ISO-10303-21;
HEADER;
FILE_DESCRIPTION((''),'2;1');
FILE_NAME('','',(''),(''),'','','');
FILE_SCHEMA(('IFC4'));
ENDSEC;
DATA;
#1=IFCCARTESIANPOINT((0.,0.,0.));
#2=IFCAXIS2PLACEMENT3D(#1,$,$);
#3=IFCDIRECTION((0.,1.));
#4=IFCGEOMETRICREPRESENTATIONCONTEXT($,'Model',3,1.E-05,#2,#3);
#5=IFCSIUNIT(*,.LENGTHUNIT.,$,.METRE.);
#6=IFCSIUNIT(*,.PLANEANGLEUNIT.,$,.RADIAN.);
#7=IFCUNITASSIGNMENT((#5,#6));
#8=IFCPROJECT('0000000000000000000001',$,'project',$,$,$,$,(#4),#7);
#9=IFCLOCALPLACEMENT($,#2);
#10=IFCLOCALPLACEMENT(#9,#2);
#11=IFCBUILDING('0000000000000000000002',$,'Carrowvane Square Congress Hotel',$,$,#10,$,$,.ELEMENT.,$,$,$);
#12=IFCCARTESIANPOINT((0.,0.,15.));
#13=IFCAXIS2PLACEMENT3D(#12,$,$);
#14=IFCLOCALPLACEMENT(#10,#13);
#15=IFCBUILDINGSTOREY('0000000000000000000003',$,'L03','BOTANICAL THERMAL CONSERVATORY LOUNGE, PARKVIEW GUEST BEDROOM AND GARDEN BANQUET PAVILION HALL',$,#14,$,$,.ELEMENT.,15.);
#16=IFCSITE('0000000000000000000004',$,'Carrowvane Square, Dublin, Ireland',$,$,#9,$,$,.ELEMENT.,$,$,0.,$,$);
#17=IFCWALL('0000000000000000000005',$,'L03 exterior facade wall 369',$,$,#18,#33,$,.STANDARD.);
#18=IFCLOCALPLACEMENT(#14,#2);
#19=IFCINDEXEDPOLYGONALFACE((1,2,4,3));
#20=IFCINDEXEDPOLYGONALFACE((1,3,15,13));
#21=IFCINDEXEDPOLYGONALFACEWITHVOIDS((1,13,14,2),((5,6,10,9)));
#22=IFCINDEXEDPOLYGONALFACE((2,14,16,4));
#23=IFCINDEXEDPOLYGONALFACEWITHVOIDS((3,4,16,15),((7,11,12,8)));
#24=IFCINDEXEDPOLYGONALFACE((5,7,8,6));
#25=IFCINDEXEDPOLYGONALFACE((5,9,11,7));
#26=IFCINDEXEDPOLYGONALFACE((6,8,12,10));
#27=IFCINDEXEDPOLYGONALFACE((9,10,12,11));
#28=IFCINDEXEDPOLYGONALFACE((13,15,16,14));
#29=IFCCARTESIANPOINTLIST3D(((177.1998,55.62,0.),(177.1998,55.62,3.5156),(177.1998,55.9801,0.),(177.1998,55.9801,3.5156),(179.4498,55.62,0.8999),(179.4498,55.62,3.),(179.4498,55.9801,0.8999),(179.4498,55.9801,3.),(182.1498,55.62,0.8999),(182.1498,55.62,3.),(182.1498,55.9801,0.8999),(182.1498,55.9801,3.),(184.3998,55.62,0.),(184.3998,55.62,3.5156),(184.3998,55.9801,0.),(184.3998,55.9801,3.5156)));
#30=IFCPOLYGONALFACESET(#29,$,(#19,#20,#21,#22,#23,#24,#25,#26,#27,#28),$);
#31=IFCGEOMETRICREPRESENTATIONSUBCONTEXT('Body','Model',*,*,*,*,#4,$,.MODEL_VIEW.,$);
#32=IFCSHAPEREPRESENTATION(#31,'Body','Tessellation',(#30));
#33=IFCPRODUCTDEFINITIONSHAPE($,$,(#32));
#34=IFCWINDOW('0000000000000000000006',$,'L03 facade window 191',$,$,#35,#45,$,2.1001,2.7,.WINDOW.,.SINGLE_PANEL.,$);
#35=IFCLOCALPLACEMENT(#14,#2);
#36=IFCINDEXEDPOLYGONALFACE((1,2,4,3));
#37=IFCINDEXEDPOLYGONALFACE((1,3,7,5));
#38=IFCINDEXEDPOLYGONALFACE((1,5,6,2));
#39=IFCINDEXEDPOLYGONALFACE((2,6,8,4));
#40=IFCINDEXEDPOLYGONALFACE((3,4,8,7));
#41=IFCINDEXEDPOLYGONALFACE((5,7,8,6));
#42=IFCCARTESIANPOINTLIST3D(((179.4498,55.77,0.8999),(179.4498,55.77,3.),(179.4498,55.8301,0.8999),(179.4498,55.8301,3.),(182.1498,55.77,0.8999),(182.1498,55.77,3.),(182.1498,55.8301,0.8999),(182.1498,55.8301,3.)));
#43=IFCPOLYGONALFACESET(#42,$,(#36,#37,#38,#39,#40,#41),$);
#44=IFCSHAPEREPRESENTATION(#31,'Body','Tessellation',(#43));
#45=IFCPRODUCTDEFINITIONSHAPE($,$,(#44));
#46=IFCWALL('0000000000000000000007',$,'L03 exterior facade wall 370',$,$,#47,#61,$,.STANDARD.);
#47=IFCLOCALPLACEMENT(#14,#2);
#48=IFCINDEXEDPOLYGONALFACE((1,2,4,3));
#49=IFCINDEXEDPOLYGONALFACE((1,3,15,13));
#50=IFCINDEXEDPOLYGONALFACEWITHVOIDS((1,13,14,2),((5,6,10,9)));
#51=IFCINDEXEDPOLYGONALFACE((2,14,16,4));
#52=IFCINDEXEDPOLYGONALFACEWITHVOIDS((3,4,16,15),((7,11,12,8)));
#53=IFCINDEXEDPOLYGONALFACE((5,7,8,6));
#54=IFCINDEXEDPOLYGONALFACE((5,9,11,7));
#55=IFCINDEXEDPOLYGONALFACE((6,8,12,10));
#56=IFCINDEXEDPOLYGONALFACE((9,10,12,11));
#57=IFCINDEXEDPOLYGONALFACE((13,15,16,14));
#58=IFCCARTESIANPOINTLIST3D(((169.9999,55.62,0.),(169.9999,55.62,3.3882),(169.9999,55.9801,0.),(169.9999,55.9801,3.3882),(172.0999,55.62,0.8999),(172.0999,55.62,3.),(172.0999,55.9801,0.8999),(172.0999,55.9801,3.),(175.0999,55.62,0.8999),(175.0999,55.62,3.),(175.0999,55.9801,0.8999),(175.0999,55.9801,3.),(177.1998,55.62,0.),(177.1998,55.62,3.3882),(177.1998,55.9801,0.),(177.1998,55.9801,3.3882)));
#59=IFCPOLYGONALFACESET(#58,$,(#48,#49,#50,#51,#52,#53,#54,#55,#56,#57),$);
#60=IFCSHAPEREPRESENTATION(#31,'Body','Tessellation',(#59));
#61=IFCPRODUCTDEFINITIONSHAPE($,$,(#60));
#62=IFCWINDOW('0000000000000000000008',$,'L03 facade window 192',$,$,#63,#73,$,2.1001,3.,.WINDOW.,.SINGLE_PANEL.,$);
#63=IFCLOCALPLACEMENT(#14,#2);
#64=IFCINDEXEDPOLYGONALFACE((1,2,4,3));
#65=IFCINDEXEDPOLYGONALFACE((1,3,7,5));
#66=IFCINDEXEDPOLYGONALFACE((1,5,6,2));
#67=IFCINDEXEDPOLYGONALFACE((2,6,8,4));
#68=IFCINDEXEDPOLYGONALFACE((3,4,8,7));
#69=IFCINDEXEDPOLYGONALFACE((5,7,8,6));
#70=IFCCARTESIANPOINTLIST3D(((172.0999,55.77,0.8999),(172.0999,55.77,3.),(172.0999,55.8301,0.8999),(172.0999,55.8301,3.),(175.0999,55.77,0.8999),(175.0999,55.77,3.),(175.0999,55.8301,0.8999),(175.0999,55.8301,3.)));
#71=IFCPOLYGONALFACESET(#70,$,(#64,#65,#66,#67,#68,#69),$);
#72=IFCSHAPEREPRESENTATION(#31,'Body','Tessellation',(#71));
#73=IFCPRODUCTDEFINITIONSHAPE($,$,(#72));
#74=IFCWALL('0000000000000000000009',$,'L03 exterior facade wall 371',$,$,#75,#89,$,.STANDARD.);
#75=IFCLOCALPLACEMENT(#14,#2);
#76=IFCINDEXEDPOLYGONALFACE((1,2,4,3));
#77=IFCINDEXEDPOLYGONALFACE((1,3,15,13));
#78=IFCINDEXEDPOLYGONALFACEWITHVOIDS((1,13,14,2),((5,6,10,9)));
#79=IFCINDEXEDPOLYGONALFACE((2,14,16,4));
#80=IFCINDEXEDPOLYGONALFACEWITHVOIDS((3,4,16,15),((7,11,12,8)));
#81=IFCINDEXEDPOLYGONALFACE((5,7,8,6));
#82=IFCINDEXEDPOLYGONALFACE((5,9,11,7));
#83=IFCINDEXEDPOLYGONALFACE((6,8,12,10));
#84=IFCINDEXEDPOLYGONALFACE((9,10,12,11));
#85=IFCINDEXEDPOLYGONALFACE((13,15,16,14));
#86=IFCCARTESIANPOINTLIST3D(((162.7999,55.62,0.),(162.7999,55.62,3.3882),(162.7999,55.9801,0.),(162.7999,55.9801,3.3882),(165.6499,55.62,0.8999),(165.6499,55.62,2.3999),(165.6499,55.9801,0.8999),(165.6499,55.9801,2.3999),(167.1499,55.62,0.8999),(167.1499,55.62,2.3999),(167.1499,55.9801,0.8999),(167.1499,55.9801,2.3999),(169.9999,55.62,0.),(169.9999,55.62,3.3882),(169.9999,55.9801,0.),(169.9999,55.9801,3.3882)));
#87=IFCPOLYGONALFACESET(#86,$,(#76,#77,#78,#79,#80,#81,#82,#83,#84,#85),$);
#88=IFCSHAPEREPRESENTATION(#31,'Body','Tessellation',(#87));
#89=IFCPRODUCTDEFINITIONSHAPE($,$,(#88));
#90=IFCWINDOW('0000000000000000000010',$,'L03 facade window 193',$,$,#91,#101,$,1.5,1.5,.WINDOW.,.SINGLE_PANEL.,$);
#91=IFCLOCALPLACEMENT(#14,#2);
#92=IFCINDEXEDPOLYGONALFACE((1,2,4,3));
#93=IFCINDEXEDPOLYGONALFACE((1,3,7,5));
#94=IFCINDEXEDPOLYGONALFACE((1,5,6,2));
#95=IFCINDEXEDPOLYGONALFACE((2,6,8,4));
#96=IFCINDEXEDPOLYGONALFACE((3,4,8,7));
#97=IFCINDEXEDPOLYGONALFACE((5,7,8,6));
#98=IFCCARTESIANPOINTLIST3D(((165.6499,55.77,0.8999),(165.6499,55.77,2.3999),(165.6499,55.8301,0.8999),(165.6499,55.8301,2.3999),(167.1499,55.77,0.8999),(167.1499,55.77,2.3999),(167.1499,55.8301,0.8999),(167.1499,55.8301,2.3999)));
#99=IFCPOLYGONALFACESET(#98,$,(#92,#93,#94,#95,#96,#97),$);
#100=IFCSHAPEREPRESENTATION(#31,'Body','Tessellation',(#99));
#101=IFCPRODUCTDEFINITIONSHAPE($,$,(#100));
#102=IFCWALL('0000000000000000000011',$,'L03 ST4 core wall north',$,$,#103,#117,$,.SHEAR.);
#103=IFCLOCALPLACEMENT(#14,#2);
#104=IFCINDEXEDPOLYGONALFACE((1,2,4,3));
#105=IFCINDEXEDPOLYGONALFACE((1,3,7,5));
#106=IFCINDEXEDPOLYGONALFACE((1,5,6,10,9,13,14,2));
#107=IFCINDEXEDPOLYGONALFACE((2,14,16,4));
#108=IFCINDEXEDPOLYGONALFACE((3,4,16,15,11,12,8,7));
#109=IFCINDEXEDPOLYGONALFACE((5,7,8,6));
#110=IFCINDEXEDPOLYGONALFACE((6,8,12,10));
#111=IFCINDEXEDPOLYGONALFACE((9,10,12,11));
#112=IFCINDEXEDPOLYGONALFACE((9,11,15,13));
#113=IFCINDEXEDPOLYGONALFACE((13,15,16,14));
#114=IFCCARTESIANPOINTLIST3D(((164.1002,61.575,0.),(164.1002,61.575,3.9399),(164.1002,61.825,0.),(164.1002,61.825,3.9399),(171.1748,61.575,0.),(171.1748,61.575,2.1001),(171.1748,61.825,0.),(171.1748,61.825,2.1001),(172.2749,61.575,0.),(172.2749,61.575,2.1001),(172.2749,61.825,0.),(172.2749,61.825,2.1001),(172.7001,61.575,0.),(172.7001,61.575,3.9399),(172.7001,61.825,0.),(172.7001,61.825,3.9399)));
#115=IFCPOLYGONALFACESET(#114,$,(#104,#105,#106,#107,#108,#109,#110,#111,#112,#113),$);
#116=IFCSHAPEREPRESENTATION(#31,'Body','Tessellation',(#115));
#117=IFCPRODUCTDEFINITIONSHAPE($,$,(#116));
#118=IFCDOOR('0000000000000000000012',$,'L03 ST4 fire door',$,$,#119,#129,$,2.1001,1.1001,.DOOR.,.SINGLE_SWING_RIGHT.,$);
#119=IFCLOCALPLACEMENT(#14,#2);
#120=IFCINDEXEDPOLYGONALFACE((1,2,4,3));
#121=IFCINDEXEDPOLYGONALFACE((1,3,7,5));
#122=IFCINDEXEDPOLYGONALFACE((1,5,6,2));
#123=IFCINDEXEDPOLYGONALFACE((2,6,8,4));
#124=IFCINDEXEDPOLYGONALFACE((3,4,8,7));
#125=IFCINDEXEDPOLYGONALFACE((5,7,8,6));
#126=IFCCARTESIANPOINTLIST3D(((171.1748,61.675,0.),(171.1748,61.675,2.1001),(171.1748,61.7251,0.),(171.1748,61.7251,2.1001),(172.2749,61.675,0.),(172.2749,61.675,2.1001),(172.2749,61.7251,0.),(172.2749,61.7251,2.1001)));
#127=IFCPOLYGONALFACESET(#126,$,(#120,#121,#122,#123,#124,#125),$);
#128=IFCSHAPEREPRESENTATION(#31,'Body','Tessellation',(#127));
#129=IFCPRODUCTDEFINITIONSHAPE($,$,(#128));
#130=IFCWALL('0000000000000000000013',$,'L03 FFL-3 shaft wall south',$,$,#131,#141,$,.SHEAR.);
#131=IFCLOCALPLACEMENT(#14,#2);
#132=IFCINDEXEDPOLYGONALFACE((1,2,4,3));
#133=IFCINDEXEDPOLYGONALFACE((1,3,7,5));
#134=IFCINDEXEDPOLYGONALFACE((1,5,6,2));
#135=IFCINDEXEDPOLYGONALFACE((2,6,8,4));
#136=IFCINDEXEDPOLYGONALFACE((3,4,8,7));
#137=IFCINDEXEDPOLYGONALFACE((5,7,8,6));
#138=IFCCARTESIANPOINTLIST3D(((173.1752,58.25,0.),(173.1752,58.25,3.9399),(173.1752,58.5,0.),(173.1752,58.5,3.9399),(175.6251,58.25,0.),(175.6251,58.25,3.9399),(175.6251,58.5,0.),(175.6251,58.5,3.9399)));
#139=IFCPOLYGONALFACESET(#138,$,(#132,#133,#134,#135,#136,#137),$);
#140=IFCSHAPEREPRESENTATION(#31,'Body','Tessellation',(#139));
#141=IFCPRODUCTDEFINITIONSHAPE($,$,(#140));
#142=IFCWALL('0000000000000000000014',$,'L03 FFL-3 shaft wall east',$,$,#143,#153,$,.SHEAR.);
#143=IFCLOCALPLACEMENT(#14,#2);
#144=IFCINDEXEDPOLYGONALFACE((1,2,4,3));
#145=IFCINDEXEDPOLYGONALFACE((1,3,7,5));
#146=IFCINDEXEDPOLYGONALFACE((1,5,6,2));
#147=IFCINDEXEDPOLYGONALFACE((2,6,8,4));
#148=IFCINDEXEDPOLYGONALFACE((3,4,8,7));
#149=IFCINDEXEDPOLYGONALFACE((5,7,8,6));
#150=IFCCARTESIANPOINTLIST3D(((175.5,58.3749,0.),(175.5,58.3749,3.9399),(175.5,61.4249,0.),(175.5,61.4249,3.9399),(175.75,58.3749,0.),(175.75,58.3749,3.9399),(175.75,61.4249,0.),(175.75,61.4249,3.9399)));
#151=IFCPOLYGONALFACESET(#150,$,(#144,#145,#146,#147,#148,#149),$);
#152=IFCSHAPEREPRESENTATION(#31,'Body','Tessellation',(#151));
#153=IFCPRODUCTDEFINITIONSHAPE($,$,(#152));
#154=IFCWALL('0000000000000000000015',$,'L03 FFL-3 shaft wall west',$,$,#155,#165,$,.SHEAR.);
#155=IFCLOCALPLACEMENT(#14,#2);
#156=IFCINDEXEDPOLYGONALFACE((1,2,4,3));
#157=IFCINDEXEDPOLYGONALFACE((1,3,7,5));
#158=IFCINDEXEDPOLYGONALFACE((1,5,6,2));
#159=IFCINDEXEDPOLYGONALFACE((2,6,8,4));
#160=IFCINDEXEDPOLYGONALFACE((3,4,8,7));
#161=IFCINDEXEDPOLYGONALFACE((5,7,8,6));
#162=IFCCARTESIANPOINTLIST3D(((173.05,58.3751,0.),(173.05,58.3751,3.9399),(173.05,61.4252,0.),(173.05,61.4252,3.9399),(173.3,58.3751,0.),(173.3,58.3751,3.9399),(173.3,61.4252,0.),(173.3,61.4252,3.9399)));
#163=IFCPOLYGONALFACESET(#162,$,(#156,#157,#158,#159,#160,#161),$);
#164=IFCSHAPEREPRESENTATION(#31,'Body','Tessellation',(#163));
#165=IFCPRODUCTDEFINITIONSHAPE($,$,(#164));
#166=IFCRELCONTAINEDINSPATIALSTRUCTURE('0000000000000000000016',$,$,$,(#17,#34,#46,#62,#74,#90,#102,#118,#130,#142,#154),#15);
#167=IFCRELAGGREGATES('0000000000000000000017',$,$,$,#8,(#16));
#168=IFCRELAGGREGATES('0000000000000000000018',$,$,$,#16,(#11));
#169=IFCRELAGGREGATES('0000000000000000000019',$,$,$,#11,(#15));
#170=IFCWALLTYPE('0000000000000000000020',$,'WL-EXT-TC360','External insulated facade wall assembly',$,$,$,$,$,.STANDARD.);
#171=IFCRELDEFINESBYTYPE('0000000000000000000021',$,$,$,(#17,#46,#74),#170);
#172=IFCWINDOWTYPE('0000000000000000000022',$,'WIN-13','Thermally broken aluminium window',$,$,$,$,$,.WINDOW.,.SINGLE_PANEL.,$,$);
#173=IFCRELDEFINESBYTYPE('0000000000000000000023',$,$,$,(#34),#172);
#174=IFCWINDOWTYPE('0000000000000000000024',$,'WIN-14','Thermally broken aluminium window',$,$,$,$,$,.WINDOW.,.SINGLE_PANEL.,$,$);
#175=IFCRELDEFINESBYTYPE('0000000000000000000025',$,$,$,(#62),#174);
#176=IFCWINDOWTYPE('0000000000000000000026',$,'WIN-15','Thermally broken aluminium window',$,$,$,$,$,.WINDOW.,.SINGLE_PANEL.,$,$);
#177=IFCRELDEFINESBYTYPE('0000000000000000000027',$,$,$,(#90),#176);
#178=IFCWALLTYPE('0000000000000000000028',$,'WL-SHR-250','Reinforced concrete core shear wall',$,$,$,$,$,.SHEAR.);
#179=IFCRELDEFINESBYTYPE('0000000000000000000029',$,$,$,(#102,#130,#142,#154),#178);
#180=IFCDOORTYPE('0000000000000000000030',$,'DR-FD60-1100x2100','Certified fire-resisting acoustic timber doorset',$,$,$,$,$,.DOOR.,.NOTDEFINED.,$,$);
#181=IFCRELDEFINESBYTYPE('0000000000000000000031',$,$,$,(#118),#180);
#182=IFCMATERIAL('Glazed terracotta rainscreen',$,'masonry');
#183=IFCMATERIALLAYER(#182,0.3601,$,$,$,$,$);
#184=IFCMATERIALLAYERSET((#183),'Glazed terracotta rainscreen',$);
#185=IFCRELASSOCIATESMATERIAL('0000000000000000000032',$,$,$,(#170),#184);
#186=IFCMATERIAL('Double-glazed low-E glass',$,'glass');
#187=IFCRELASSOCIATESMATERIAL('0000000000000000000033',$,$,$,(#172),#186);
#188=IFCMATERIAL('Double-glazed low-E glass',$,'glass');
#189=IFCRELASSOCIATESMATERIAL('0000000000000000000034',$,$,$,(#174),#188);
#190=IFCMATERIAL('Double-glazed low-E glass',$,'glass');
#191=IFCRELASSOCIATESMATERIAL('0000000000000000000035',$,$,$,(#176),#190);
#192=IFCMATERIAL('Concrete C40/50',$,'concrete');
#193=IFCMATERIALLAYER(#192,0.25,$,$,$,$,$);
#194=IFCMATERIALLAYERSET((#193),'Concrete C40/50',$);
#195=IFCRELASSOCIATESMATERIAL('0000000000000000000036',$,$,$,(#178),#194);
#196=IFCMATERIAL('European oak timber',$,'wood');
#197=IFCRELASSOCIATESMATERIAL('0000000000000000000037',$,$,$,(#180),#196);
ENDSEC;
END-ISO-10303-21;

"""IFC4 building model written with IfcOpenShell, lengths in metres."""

from ifc_helpers import new_model, si_unit, direction, frame, frame_2d, origin, place, context, subcontext, project, spatial, rectangle, extrude, material, layer, layer_set, type_object, element, fill, save


model = new_model("IFC4")

# Units and contexts
model_context = context("Model", 3, precision=1e-05, world=origin(), true_north=direction((0.0, 1.0)))
body_context = subcontext(model_context, "Body", "Model", "MODEL_VIEW")
ifc_project = project(units=[si_unit("LENGTHUNIT", "METRE"), si_unit("PLANEANGLEUNIT", "RADIAN")], contexts=[model_context])

# Site, building, storey
site_placement = place(None, origin())
site = spatial("IfcSite", under=ifc_project, at=site_placement, Name="Carrowvane Square, Dublin, Ireland", CompositionType="ELEMENT", RefElevation=0.0)
building_placement = place(site_placement, origin())
building = spatial("IfcBuilding", under=site, at=building_placement, Name="Carrowvane Square Congress Hotel", CompositionType="ELEMENT")
storey_placement = place(building_placement, frame((0.0, 0.0, 15.0)))
storey = spatial("IfcBuildingStorey", under=building, at=storey_placement, Name="L03", Description="BOTANICAL THERMAL CONSERVATORY LOUNGE, PARKVIEW GUEST BEDROOM AND GARDEN BANQUET PAVILION HALL", CompositionType="ELEMENT", Elevation=15.0)

# Walls, openings, windows
ifc_material_1 = material(Name="Glazed terracotta rainscreen", Category="masonry")
ifc_layer_1 = layer(ifc_material_1, 0.3601)
ifc_layer_set_1 = layer_set([ifc_layer_1], Name="Glazed terracotta rainscreen")
wall_type_1 = type_object("IfcWallType", Name="WL-EXT-TC360", Description="External insulated facade wall assembly", PredefinedType="STANDARD", material=ifc_layer_set_1)
wall_1_placement = place(storey_placement, frame((184.3999, 55.8, 0.0), z_axis=(0.0, 0.0, 1.0), x_axis=(-1.0, 0.0, 0.0)))
wall_1 = element("IfcWall", 1, at=wall_1_placement, inside=storey, type_object=wall_type_1, Name="L03 exterior facade wall 369", PredefinedType="STANDARD", context=body_context, shape_type="SweptSolid", body=[
    extrude(rectangle(XDim=7.2, YDim=0.3601, at=frame_2d((3.6001, 0.0))), origin(), (0.0, 0.0, 1.0), 3.5156),
])
opening_1_placement = place(wall_1_placement, frame((2.25, 0.0, 0.8999)))
opening_1 = element("IfcOpeningElement", 2, at=opening_1_placement, cuts=wall_1, PredefinedType="OPENING", context=body_context, shape_type="SweptSolid", body=[
    extrude(rectangle(XDim=2.7, YDim=2.1001, at=frame_2d((1.3501, 1.05))), frame((0.0, 0.1899, 0.0), z_axis=(0.0, -1.0, 0.0), x_axis=(1.0, 0.0, 0.0)), (0.0, 0.0, 1.0), 0.3801),
])
ifc_material_2 = material(Name="Double-glazed low-E glass", Category="glass")
window_type_1 = type_object("IfcWindowType", Name="WIN-13", Description="Thermally broken aluminium window", PartitioningType="SINGLE_PANEL", PredefinedType="WINDOW", material=ifc_material_2)
window_1_placement = place(opening_1_placement, origin())
window_1 = element("IfcWindow", 3, at=window_1_placement, inside=storey, type_object=window_type_1, Name="L03 facade window 191", OverallHeight=2.1001, OverallWidth=2.7, PartitioningType="SINGLE_PANEL", PredefinedType="WINDOW", context=body_context, shape_type="SweptSolid", body=[
    extrude(rectangle(XDim=2.7, YDim=2.1001, at=frame_2d((1.3501, 1.05))), frame((0.0, 0.03, 0.0), z_axis=(0.0, -1.0, 0.0), x_axis=(1.0, 0.0, 0.0)), (0.0, 0.0, 1.0), 0.0601),
])
fill(opening_1, window_1)
wall_2_placement = place(storey_placement, frame((177.2, 55.8, 0.0), z_axis=(0.0, 0.0, 1.0), x_axis=(-1.0, 0.0, 0.0)))
wall_2 = element("IfcWall", 4, at=wall_2_placement, inside=storey, type_object=wall_type_1, Name="L03 exterior facade wall 370", PredefinedType="STANDARD", context=body_context, shape_type="SweptSolid", body=[
    extrude(rectangle(XDim=7.2, YDim=0.3601, at=frame_2d((3.6001, 0.0))), origin(), (0.0, 0.0, 1.0), 3.3882),
])
opening_2_placement = place(wall_2_placement, frame((2.1001, 0.0, 0.8999)))
opening_2 = element("IfcOpeningElement", 5, at=opening_2_placement, cuts=wall_2, PredefinedType="OPENING", context=body_context, shape_type="SweptSolid", body=[
    extrude(rectangle(XDim=3.0, YDim=2.1001, at=frame_2d((1.5, 1.05))), frame((0.0, 0.1899, 0.0), z_axis=(0.0, -1.0, 0.0), x_axis=(1.0, 0.0, 0.0)), (0.0, 0.0, 1.0), 0.3801),
])
ifc_material_3 = material(Name="Double-glazed low-E glass", Category="glass")
window_type_2 = type_object("IfcWindowType", Name="WIN-14", Description="Thermally broken aluminium window", PartitioningType="SINGLE_PANEL", PredefinedType="WINDOW", material=ifc_material_3)
window_2_placement = place(opening_2_placement, origin())
window_2 = element("IfcWindow", 6, at=window_2_placement, inside=storey, type_object=window_type_2, Name="L03 facade window 192", OverallHeight=2.1001, OverallWidth=3.0, PartitioningType="SINGLE_PANEL", PredefinedType="WINDOW", context=body_context, shape_type="SweptSolid", body=[
    extrude(rectangle(XDim=3.0, YDim=2.1001, at=frame_2d((1.5, 1.05))), frame((0.0, 0.03, 0.0), z_axis=(0.0, -1.0, 0.0), x_axis=(1.0, 0.0, 0.0)), (0.0, 0.0, 1.0), 0.0601),
])
fill(opening_2, window_2)
wall_3_placement = place(storey_placement, frame((170.0, 55.8, 0.0), z_axis=(0.0, 0.0, 1.0), x_axis=(-1.0, 0.0, 0.0)))
wall_3 = element("IfcWall", 7, at=wall_3_placement, inside=storey, type_object=wall_type_1, Name="L03 exterior facade wall 371", PredefinedType="STANDARD", context=body_context, shape_type="SweptSolid", body=[
    extrude(rectangle(XDim=7.2, YDim=0.3601, at=frame_2d((3.6001, 0.0))), origin(), (0.0, 0.0, 1.0), 3.3882),
])
opening_3_placement = place(wall_3_placement, frame((2.8501, 0.0, 0.8999)))
opening_3 = element("IfcOpeningElement", 8, at=opening_3_placement, cuts=wall_3, PredefinedType="OPENING", context=body_context, shape_type="SweptSolid", body=[
    extrude(rectangle(XDim=1.5, YDim=1.5, at=frame_2d((0.75, 0.75))), frame((0.0, 0.1899, 0.0), z_axis=(0.0, -1.0, 0.0), x_axis=(1.0, 0.0, 0.0)), (0.0, 0.0, 1.0), 0.3801),
])
ifc_material_4 = material(Name="Double-glazed low-E glass", Category="glass")
window_type_3 = type_object("IfcWindowType", Name="WIN-15", Description="Thermally broken aluminium window", PartitioningType="SINGLE_PANEL", PredefinedType="WINDOW", material=ifc_material_4)
window_3_placement = place(opening_3_placement, origin())
window_3 = element("IfcWindow", 9, at=window_3_placement, inside=storey, type_object=window_type_3, Name="L03 facade window 193", OverallHeight=1.5, OverallWidth=1.5, PartitioningType="SINGLE_PANEL", PredefinedType="WINDOW", context=body_context, shape_type="SweptSolid", body=[
    extrude(rectangle(XDim=1.5, YDim=1.5, at=frame_2d((0.75, 0.75))), frame((0.0, 0.03, 0.0), z_axis=(0.0, -1.0, 0.0), x_axis=(1.0, 0.0, 0.0)), (0.0, 0.0, 1.0), 0.0601),
])
fill(opening_3, window_3)

# Wall, opening, door
ifc_material_5 = material(Name="Concrete C40/50", Category="concrete")
ifc_layer_2 = layer(ifc_material_5, 0.25)
ifc_layer_set_2 = layer_set([ifc_layer_2], Name="Concrete C40/50")
wall_type_2 = type_object("IfcWallType", Name="WL-SHR-250", Description="Reinforced concrete core shear wall", PredefinedType="SHEAR", material=ifc_layer_set_2)
wall_4_placement = place(storey_placement, frame((172.7, 61.7, 0.0), z_axis=(0.0, 0.0, 1.0), x_axis=(-1.0, 0.0, 0.0)))
wall_4 = element("IfcWall", 10, at=wall_4_placement, inside=storey, type_object=wall_type_2, Name="L03 ST4 core wall north", PredefinedType="SHEAR", context=body_context, shape_type="SweptSolid", body=[
    extrude(rectangle(XDim=8.5999, YDim=0.25, at=frame_2d((4.2998, 0.0))), origin(), (0.0, 0.0, 1.0), 3.9399),
])
opening_4_placement = place(wall_4_placement, frame((0.425, 0.0, 0.0)))
opening_4 = element("IfcOpeningElement", 11, at=opening_4_placement, cuts=wall_4, PredefinedType="OPENING", context=body_context, shape_type="SweptSolid", body=[
    extrude(rectangle(XDim=1.1001, YDim=2.1001, at=frame_2d((0.55, 1.05))), frame((0.0, 0.135, 0.0), z_axis=(0.0, -1.0, 0.0), x_axis=(1.0, 0.0, 0.0)), (0.0, 0.0, 1.0), 0.27),
])
ifc_material_6 = material(Name="European oak timber", Category="wood")
door_type_1 = type_object("IfcDoorType", Name="DR-FD60-1100x2100", Description="Certified fire-resisting acoustic timber doorset", OperationType="NOTDEFINED", PredefinedType="DOOR", material=ifc_material_6)
door_1_placement = place(opening_4_placement, origin())
door_1 = element("IfcDoor", 12, at=door_1_placement, inside=storey, type_object=door_type_1, Name="L03 ST4 fire door", OperationType="SINGLE_SWING_RIGHT", OverallHeight=2.1001, OverallWidth=1.1001, PredefinedType="DOOR", context=body_context, shape_type="SweptSolid", body=[
    extrude(rectangle(XDim=1.1001, YDim=2.1001, at=frame_2d((0.55, 1.05))), frame((0.0, 0.0249, 0.0), z_axis=(0.0, -1.0, 0.0), x_axis=(1.0, 0.0, 0.0)), (0.0, 0.0, 1.0), 0.05),
])
fill(opening_4, door_1)

# Walls
wall_5_placement = place(storey_placement, frame((173.175, 58.375, 0.0), z_axis=(0.0, 0.0, 1.0), x_axis=(1.0, 0.0, 0.0)))
element("IfcWall", 13, at=wall_5_placement, inside=storey, type_object=wall_type_2, Name="L03 FFL-3 shaft wall south", PredefinedType="SHEAR", context=body_context, shape_type="SweptSolid", body=[
    extrude(rectangle(XDim=2.45, YDim=0.25, at=frame_2d((1.2251, 0.0))), origin(), (0.0, 0.0, 1.0), 3.9399),
])
wall_6_placement = place(storey_placement, frame((175.625, 58.375, 0.0), z_axis=(0.0, 0.0, 1.0), x_axis=(0.0, 1.0, 0.0)))
element("IfcWall", 14, at=wall_6_placement, inside=storey, type_object=wall_type_2, Name="L03 FFL-3 shaft wall east", PredefinedType="SHEAR", context=body_context, shape_type="SweptSolid", body=[
    extrude(rectangle(XDim=3.05, YDim=0.25, at=frame_2d((1.5249, 0.0))), origin(), (0.0, 0.0, 1.0), 3.9399),
])

# Wall
wall_7_placement = place(storey_placement, frame((173.175, 61.425, 0.0), z_axis=(0.0, 0.0, 1.0), x_axis=(0.0, -1.0, 0.0)))
element("IfcWall", 15, at=wall_7_placement, inside=storey, type_object=wall_type_2, Name="L03 FFL-3 shaft wall west", PredefinedType="SHEAR", context=body_context, shape_type="SweptSolid", body=[
    extrude(rectangle(XDim=3.05, YDim=0.25, at=frame_2d((1.5249, 0.0))), origin(), (0.0, 0.0, 1.0), 3.9399),
])

save(model, "model.ifc")
